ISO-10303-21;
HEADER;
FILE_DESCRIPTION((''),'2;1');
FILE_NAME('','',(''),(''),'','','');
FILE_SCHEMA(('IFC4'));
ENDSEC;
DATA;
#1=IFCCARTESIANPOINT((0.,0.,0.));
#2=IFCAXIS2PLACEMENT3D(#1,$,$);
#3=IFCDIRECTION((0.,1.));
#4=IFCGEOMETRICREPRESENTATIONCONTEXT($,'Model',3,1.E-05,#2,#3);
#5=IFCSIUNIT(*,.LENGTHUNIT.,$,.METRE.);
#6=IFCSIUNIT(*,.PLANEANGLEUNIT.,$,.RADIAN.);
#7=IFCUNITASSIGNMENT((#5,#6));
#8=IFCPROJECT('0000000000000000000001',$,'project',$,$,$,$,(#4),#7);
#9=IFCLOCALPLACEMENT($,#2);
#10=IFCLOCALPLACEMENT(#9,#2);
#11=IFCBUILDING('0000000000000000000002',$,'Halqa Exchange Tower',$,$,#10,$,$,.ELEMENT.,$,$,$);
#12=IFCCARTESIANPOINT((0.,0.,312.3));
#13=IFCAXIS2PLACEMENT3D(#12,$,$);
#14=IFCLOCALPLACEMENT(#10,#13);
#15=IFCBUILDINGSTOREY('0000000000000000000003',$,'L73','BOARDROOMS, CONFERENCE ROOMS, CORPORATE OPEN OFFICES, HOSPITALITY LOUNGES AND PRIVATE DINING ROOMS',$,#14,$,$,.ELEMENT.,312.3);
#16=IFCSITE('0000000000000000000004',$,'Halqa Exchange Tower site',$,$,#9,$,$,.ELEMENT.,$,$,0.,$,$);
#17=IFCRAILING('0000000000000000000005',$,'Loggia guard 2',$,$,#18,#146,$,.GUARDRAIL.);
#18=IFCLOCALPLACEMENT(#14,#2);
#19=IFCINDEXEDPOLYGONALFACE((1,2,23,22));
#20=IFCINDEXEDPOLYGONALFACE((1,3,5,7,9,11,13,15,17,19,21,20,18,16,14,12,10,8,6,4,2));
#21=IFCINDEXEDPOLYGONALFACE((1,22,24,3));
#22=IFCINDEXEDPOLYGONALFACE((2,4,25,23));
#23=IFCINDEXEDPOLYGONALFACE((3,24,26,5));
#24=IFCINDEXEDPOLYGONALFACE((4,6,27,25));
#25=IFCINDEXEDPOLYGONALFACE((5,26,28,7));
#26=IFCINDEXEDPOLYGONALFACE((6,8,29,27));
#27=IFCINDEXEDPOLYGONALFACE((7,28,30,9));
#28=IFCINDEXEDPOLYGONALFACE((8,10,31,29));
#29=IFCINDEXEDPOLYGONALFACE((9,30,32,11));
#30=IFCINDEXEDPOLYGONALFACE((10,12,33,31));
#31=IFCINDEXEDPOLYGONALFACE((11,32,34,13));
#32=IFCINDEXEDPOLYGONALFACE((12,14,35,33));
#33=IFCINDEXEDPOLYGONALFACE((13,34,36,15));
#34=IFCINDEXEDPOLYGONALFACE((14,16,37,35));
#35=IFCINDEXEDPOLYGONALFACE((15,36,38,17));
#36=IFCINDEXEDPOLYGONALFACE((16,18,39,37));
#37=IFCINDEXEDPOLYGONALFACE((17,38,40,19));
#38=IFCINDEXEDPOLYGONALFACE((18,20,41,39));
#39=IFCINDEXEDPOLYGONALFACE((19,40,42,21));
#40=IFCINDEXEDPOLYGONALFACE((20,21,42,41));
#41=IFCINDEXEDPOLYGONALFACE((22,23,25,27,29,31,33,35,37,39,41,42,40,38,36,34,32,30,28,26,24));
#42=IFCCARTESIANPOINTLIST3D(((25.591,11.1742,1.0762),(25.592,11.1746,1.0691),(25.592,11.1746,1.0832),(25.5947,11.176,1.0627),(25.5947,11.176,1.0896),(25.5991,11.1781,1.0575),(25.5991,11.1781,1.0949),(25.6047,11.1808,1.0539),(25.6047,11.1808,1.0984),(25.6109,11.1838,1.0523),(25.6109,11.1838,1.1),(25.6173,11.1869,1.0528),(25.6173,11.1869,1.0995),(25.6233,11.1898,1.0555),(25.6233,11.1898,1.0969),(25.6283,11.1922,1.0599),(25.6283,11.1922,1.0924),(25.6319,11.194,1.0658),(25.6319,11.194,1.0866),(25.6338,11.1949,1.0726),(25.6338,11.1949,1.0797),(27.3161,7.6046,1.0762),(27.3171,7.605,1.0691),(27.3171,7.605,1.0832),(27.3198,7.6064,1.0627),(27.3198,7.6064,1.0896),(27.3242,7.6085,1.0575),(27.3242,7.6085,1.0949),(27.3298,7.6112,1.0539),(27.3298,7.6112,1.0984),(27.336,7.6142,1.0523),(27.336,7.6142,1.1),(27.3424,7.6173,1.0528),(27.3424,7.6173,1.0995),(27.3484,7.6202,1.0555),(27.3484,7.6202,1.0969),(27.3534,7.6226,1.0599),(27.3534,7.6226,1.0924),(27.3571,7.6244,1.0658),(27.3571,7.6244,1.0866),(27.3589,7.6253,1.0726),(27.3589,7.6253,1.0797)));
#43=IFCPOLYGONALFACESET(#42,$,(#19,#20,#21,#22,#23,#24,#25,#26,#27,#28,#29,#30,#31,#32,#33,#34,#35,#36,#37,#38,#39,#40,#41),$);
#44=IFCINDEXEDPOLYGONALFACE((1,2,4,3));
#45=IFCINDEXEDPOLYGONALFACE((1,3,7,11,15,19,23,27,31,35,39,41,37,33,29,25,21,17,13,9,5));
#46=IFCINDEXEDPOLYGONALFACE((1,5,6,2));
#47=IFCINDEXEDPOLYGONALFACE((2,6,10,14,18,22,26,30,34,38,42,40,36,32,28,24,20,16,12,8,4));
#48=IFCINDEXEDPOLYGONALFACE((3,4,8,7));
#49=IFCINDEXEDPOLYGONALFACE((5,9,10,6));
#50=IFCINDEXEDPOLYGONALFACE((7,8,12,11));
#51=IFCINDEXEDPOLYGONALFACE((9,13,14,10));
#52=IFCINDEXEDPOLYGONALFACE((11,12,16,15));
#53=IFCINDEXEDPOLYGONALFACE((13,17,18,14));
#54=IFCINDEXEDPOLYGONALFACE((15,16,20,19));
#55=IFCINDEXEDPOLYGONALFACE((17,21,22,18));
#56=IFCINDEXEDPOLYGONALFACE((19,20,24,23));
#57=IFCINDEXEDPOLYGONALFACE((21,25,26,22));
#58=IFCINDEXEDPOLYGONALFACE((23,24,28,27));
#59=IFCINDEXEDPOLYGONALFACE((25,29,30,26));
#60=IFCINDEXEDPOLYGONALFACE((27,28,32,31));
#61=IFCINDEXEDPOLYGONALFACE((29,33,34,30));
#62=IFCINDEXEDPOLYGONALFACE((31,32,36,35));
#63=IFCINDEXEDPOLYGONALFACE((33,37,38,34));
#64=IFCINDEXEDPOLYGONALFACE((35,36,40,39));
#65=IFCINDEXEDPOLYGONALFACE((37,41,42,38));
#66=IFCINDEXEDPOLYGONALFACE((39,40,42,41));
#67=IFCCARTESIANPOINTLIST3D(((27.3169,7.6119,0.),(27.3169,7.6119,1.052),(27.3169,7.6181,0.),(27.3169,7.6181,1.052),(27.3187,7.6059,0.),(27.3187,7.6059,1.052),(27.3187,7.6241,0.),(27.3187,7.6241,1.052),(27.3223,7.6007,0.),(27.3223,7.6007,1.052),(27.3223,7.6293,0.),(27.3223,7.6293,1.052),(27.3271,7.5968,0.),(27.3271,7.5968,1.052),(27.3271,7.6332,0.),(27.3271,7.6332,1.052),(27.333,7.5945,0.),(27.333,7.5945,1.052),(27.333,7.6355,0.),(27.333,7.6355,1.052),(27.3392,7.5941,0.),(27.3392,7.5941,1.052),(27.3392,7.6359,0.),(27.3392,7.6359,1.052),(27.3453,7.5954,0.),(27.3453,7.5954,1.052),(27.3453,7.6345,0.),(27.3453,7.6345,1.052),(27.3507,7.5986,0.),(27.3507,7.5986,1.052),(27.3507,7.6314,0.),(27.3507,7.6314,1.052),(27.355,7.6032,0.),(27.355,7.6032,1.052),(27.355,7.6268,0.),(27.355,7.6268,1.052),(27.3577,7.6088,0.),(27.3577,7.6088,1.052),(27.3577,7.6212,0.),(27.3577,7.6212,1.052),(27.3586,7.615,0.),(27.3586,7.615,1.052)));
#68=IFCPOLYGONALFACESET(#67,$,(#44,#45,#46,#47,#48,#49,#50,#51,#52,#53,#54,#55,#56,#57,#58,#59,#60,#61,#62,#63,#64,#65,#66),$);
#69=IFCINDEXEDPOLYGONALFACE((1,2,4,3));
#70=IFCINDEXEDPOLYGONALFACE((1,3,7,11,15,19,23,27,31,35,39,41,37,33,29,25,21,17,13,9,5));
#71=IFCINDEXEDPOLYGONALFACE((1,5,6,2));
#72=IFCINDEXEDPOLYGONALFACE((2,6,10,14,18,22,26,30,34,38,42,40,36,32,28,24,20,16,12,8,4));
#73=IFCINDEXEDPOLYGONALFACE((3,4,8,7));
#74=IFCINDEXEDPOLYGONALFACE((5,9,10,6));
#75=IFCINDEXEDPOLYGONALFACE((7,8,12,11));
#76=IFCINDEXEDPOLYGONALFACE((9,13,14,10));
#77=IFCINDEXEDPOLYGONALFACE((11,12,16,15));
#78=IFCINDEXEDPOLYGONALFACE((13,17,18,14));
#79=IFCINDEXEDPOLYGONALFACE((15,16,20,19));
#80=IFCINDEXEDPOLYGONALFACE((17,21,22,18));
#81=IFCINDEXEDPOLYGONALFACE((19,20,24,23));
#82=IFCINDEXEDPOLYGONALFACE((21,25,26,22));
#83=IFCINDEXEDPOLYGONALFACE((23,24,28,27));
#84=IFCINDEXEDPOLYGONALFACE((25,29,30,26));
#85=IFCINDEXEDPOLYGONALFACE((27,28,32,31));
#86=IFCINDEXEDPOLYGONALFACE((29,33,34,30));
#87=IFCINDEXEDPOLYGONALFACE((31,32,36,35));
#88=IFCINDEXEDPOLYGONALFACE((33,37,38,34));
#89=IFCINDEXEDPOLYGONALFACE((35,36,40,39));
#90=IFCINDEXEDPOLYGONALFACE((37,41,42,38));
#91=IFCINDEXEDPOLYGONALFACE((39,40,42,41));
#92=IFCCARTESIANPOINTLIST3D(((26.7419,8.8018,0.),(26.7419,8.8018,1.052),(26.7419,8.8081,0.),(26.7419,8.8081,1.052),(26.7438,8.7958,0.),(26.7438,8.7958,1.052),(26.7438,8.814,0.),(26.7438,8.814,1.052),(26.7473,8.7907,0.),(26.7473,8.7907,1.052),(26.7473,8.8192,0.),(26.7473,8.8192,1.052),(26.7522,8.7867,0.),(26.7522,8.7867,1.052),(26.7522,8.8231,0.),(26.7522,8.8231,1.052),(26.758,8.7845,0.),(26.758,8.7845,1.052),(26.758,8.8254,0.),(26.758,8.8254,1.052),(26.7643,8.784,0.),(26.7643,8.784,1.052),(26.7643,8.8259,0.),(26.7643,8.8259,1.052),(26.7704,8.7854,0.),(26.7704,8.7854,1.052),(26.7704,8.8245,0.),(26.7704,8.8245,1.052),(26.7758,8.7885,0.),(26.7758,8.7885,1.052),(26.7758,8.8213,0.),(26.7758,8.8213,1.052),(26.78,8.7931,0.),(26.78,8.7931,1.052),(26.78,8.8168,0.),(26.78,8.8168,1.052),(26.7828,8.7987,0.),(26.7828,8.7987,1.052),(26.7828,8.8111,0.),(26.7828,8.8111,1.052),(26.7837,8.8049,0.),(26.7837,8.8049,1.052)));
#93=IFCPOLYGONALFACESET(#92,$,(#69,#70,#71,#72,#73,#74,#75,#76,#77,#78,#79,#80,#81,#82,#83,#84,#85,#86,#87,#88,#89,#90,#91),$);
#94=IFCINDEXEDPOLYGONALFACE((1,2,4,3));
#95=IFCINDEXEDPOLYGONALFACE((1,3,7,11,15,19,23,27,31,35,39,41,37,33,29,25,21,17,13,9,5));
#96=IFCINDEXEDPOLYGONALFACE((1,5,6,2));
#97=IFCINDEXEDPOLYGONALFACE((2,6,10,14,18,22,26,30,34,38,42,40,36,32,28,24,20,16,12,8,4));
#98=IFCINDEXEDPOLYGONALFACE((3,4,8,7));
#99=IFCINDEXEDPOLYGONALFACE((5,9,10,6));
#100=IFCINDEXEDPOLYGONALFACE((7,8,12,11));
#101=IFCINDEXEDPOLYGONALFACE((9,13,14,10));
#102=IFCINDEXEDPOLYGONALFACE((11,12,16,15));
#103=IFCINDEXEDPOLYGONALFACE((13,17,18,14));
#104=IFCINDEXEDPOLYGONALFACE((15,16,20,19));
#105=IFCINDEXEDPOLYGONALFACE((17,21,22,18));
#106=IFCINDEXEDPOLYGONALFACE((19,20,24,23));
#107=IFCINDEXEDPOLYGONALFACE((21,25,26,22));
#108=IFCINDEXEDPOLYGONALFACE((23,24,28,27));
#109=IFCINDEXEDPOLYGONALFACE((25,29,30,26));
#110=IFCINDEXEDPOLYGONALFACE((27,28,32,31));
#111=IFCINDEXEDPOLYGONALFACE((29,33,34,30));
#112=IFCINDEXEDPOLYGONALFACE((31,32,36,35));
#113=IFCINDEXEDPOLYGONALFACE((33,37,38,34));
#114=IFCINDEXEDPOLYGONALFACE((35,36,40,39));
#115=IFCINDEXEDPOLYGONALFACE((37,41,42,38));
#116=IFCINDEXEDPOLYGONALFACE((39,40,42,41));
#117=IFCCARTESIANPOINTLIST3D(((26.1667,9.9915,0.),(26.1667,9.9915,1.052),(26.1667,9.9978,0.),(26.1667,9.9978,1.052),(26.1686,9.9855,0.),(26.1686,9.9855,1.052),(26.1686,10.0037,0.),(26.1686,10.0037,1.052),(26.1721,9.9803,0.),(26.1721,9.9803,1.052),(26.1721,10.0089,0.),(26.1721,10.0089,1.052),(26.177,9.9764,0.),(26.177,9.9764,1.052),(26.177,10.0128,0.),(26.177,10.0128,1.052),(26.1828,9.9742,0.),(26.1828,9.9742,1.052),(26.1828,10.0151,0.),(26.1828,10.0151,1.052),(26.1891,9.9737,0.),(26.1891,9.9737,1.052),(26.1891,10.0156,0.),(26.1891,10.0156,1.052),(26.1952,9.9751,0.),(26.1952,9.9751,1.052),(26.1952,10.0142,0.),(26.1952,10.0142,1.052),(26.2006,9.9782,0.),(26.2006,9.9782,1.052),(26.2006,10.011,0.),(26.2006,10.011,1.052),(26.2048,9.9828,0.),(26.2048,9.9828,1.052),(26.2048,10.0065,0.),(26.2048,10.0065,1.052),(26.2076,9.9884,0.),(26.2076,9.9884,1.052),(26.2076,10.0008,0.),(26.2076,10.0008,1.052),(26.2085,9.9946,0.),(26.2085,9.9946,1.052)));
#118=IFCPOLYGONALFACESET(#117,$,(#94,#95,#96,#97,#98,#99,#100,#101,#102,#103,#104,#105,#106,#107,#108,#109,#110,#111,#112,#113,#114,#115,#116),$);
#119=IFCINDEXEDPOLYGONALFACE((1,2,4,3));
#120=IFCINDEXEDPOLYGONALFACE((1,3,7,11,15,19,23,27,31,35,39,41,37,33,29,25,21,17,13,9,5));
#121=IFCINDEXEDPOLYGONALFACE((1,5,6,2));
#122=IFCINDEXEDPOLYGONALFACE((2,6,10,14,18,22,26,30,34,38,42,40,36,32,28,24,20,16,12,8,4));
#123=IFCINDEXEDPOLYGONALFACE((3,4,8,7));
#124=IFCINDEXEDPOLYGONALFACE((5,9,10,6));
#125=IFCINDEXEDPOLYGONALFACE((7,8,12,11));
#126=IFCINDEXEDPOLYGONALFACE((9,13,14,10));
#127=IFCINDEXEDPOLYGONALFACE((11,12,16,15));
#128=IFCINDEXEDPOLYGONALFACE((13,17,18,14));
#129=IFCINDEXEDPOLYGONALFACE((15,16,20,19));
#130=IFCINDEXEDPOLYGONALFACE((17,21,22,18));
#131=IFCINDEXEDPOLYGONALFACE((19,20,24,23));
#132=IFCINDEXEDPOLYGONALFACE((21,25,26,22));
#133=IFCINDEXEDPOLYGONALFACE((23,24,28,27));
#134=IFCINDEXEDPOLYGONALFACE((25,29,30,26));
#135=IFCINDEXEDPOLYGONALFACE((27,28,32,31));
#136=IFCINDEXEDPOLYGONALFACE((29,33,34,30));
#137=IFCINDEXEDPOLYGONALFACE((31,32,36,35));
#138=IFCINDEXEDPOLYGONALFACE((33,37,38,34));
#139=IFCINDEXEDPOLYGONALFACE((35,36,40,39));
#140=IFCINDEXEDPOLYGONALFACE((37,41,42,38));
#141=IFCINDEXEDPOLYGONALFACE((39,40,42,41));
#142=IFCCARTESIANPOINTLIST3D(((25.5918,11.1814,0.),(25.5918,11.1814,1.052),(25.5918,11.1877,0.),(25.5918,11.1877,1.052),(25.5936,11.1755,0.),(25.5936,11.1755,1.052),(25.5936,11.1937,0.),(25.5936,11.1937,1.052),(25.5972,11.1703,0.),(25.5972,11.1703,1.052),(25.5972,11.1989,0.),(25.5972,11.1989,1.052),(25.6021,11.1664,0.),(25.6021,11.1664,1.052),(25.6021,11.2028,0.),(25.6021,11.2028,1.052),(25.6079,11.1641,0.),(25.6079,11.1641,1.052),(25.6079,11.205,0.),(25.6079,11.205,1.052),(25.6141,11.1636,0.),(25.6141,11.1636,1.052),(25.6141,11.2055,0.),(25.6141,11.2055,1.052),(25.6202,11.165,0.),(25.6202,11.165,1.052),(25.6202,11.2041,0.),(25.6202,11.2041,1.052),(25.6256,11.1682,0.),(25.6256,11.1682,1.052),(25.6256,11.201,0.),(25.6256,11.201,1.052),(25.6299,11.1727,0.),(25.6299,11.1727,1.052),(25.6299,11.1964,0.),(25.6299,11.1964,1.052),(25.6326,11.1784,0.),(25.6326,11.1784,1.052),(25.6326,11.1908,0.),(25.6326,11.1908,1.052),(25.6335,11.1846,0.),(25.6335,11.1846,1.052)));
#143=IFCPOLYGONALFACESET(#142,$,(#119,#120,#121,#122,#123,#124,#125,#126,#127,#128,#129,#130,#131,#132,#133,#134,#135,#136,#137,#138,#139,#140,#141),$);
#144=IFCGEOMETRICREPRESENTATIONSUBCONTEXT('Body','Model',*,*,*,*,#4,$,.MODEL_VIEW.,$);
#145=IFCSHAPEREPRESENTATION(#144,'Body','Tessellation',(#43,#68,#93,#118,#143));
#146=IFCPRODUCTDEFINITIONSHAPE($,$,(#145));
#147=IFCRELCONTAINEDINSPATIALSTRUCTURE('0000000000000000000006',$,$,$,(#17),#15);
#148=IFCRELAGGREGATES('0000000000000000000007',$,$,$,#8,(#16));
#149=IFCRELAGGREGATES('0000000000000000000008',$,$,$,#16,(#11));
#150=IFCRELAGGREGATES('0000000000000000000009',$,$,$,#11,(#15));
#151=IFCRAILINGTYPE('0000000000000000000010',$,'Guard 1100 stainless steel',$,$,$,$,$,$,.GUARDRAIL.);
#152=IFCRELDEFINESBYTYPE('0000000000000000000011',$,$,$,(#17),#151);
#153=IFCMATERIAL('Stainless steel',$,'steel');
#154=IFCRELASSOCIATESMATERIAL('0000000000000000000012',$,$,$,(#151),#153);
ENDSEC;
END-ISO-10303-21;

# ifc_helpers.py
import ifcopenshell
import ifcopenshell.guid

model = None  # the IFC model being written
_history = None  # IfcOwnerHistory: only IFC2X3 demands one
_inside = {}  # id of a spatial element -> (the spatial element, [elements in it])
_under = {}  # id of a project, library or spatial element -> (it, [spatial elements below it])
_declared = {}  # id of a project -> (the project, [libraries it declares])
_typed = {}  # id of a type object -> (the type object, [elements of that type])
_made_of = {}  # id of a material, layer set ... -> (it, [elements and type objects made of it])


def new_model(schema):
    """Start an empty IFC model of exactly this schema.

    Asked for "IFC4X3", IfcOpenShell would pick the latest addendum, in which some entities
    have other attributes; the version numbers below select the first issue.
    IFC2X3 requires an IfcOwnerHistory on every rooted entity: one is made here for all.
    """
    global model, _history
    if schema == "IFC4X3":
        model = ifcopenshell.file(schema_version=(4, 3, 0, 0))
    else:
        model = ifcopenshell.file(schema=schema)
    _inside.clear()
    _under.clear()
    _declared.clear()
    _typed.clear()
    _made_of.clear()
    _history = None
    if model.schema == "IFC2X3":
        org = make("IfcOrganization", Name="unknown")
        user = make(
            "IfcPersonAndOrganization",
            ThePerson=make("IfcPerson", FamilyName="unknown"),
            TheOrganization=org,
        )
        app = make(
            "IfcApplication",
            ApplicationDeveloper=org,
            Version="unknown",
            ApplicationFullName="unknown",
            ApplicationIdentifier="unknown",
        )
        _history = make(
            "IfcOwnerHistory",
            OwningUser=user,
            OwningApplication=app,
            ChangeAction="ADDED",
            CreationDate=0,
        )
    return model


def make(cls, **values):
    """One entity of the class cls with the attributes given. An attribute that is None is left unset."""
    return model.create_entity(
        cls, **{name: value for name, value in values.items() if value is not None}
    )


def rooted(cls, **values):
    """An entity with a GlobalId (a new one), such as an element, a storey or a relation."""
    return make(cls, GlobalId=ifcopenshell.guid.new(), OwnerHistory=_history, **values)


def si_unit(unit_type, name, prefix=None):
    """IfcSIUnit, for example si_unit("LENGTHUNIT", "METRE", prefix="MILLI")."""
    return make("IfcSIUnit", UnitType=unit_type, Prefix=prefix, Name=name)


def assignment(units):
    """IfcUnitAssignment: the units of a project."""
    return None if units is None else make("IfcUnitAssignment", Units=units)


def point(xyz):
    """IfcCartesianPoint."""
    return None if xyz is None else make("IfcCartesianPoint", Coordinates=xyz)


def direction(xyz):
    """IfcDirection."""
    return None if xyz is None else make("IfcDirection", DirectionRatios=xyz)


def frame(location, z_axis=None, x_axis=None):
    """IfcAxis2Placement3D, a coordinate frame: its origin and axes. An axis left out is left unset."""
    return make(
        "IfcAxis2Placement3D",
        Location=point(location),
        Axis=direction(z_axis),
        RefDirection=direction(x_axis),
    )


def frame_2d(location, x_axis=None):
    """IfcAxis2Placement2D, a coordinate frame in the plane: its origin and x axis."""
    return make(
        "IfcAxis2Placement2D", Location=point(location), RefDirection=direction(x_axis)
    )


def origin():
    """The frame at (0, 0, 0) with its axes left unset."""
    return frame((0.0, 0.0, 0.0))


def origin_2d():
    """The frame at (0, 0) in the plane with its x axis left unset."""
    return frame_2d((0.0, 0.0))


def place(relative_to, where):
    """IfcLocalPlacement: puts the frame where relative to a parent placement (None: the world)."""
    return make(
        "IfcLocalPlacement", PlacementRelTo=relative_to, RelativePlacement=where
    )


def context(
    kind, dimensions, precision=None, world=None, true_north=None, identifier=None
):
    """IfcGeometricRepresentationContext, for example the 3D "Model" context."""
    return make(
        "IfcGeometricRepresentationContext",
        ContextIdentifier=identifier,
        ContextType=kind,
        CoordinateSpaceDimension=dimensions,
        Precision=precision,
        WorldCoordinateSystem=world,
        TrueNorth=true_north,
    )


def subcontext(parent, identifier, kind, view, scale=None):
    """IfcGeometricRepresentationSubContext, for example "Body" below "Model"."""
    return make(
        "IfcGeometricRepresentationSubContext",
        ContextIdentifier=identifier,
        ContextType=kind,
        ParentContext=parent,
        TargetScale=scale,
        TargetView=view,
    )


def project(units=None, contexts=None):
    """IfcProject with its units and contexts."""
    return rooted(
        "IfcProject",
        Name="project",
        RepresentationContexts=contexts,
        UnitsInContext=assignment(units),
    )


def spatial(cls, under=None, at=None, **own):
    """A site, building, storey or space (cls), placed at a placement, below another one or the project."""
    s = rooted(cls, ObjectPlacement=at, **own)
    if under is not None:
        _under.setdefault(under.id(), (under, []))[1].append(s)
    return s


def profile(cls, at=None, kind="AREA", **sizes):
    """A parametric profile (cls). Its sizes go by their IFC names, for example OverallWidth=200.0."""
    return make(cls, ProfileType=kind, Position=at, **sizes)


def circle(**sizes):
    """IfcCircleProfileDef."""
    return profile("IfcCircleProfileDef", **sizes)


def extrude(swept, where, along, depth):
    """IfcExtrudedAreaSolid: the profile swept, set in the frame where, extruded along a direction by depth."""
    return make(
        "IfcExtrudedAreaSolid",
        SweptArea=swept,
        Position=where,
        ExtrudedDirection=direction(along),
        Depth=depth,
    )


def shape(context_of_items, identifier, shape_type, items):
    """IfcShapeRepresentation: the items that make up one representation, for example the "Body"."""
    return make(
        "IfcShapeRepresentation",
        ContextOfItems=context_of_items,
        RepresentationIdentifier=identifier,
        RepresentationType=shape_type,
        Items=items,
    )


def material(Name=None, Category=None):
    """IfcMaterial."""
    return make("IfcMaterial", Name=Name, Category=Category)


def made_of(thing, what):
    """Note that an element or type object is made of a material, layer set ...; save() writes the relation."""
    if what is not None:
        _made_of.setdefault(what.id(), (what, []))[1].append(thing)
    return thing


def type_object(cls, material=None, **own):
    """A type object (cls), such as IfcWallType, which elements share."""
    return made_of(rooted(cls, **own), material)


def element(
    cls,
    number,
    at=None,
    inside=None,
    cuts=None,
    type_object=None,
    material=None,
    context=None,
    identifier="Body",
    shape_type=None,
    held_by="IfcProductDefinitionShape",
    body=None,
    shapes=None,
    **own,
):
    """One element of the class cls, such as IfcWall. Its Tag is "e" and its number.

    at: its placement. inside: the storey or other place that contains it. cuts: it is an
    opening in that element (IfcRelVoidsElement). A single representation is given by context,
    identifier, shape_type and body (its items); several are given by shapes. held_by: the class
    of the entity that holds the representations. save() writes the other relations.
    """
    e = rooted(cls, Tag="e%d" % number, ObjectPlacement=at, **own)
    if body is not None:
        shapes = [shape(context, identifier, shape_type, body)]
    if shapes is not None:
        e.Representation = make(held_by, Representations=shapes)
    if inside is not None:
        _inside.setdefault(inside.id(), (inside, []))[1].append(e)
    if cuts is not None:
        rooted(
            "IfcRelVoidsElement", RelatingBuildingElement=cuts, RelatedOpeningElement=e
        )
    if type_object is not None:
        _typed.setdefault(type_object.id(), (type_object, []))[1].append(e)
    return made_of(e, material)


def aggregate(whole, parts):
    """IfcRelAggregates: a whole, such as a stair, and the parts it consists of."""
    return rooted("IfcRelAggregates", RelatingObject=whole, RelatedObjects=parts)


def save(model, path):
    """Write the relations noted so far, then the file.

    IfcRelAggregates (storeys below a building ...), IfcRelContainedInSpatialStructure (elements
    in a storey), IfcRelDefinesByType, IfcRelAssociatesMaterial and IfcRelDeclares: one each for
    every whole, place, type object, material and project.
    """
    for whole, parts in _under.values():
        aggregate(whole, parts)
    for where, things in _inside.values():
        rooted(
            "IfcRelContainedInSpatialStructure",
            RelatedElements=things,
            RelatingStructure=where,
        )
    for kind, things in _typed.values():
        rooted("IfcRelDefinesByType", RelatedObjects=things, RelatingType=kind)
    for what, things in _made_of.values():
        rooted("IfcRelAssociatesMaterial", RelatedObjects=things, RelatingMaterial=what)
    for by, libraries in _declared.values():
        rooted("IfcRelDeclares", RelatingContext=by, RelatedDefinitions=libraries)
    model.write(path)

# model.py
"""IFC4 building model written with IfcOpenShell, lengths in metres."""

from ifc_helpers import new_model, si_unit, direction, frame, origin, origin_2d, place, context, subcontext, project, spatial, circle, extrude, material, type_object, element, save


model = new_model("IFC4")

# Units and contexts
model_context = context("Model", 3, precision=1e-05, world=origin(), true_north=direction((0.0, 1.0)))
body_context = subcontext(model_context, "Body", "Model", "MODEL_VIEW")
ifc_project = project(units=[si_unit("LENGTHUNIT", "METRE"), si_unit("PLANEANGLEUNIT", "RADIAN")], contexts=[model_context])

# Site, building, storey
site_placement = place(None, origin())
site = spatial("IfcSite", under=ifc_project, at=site_placement, Name="Halqa Exchange Tower site", CompositionType="ELEMENT", RefElevation=0.0)
building_placement = place(site_placement, origin())
building = spatial("IfcBuilding", under=site, at=building_placement, Name="Halqa Exchange Tower", CompositionType="ELEMENT")
storey_placement = place(building_placement, frame((0.0, 0.0, 312.3)))
storey = spatial("IfcBuildingStorey", under=building, at=storey_placement, Name="L73", Description="BOARDROOMS, CONFERENCE ROOMS, CORPORATE OPEN OFFICES, HOSPITALITY LOUNGES AND PRIVATE DINING ROOMS", CompositionType="ELEMENT", Elevation=312.3)

# Railing
ifc_material_1 = material(Name="Stainless steel", Category="steel")
railing_type = type_object("IfcRailingType", Name="Guard 1100 stainless steel", PredefinedType="GUARDRAIL", material=ifc_material_1)
railing_1_placement = place(storey_placement, frame((27.3376, 7.615, 0.0)))
element("IfcRailing", 1, at=railing_1_placement, inside=storey, type_object=railing_type, Name="Loggia guard 2", PredefinedType="GUARDRAIL", context=body_context, shape_type="SweptSolid", body=[
    extrude(circle(Radius=0.0239, at=origin_2d()), frame((0.0, 0.0, 1.0762), z_axis=(-0.435128, 0.900369, 0.0), x_axis=(-0.900369, -0.435128, 0.0)), (0.0, 0.0, 1.0), 3.9646),
    extrude(circle(Radius=0.021, at=origin_2d()), origin(), (0.0, 0.0, 1.0), 1.052),
    extrude(circle(Radius=0.021, at=origin_2d()), frame((-0.575, 1.1899, 0.0)), (0.0, 0.0, 1.0), 1.052),
    extrude(circle(Radius=0.021, at=origin_2d()), frame((-1.1501, 2.3796, 0.0)), (0.0, 0.0, 1.0), 1.052),
    extrude(circle(Radius=0.021, at=origin_2d()), frame((-1.7251, 3.5696, 0.0)), (0.0, 0.0, 1.0), 1.052),
])

save(model, "model.ifc")
